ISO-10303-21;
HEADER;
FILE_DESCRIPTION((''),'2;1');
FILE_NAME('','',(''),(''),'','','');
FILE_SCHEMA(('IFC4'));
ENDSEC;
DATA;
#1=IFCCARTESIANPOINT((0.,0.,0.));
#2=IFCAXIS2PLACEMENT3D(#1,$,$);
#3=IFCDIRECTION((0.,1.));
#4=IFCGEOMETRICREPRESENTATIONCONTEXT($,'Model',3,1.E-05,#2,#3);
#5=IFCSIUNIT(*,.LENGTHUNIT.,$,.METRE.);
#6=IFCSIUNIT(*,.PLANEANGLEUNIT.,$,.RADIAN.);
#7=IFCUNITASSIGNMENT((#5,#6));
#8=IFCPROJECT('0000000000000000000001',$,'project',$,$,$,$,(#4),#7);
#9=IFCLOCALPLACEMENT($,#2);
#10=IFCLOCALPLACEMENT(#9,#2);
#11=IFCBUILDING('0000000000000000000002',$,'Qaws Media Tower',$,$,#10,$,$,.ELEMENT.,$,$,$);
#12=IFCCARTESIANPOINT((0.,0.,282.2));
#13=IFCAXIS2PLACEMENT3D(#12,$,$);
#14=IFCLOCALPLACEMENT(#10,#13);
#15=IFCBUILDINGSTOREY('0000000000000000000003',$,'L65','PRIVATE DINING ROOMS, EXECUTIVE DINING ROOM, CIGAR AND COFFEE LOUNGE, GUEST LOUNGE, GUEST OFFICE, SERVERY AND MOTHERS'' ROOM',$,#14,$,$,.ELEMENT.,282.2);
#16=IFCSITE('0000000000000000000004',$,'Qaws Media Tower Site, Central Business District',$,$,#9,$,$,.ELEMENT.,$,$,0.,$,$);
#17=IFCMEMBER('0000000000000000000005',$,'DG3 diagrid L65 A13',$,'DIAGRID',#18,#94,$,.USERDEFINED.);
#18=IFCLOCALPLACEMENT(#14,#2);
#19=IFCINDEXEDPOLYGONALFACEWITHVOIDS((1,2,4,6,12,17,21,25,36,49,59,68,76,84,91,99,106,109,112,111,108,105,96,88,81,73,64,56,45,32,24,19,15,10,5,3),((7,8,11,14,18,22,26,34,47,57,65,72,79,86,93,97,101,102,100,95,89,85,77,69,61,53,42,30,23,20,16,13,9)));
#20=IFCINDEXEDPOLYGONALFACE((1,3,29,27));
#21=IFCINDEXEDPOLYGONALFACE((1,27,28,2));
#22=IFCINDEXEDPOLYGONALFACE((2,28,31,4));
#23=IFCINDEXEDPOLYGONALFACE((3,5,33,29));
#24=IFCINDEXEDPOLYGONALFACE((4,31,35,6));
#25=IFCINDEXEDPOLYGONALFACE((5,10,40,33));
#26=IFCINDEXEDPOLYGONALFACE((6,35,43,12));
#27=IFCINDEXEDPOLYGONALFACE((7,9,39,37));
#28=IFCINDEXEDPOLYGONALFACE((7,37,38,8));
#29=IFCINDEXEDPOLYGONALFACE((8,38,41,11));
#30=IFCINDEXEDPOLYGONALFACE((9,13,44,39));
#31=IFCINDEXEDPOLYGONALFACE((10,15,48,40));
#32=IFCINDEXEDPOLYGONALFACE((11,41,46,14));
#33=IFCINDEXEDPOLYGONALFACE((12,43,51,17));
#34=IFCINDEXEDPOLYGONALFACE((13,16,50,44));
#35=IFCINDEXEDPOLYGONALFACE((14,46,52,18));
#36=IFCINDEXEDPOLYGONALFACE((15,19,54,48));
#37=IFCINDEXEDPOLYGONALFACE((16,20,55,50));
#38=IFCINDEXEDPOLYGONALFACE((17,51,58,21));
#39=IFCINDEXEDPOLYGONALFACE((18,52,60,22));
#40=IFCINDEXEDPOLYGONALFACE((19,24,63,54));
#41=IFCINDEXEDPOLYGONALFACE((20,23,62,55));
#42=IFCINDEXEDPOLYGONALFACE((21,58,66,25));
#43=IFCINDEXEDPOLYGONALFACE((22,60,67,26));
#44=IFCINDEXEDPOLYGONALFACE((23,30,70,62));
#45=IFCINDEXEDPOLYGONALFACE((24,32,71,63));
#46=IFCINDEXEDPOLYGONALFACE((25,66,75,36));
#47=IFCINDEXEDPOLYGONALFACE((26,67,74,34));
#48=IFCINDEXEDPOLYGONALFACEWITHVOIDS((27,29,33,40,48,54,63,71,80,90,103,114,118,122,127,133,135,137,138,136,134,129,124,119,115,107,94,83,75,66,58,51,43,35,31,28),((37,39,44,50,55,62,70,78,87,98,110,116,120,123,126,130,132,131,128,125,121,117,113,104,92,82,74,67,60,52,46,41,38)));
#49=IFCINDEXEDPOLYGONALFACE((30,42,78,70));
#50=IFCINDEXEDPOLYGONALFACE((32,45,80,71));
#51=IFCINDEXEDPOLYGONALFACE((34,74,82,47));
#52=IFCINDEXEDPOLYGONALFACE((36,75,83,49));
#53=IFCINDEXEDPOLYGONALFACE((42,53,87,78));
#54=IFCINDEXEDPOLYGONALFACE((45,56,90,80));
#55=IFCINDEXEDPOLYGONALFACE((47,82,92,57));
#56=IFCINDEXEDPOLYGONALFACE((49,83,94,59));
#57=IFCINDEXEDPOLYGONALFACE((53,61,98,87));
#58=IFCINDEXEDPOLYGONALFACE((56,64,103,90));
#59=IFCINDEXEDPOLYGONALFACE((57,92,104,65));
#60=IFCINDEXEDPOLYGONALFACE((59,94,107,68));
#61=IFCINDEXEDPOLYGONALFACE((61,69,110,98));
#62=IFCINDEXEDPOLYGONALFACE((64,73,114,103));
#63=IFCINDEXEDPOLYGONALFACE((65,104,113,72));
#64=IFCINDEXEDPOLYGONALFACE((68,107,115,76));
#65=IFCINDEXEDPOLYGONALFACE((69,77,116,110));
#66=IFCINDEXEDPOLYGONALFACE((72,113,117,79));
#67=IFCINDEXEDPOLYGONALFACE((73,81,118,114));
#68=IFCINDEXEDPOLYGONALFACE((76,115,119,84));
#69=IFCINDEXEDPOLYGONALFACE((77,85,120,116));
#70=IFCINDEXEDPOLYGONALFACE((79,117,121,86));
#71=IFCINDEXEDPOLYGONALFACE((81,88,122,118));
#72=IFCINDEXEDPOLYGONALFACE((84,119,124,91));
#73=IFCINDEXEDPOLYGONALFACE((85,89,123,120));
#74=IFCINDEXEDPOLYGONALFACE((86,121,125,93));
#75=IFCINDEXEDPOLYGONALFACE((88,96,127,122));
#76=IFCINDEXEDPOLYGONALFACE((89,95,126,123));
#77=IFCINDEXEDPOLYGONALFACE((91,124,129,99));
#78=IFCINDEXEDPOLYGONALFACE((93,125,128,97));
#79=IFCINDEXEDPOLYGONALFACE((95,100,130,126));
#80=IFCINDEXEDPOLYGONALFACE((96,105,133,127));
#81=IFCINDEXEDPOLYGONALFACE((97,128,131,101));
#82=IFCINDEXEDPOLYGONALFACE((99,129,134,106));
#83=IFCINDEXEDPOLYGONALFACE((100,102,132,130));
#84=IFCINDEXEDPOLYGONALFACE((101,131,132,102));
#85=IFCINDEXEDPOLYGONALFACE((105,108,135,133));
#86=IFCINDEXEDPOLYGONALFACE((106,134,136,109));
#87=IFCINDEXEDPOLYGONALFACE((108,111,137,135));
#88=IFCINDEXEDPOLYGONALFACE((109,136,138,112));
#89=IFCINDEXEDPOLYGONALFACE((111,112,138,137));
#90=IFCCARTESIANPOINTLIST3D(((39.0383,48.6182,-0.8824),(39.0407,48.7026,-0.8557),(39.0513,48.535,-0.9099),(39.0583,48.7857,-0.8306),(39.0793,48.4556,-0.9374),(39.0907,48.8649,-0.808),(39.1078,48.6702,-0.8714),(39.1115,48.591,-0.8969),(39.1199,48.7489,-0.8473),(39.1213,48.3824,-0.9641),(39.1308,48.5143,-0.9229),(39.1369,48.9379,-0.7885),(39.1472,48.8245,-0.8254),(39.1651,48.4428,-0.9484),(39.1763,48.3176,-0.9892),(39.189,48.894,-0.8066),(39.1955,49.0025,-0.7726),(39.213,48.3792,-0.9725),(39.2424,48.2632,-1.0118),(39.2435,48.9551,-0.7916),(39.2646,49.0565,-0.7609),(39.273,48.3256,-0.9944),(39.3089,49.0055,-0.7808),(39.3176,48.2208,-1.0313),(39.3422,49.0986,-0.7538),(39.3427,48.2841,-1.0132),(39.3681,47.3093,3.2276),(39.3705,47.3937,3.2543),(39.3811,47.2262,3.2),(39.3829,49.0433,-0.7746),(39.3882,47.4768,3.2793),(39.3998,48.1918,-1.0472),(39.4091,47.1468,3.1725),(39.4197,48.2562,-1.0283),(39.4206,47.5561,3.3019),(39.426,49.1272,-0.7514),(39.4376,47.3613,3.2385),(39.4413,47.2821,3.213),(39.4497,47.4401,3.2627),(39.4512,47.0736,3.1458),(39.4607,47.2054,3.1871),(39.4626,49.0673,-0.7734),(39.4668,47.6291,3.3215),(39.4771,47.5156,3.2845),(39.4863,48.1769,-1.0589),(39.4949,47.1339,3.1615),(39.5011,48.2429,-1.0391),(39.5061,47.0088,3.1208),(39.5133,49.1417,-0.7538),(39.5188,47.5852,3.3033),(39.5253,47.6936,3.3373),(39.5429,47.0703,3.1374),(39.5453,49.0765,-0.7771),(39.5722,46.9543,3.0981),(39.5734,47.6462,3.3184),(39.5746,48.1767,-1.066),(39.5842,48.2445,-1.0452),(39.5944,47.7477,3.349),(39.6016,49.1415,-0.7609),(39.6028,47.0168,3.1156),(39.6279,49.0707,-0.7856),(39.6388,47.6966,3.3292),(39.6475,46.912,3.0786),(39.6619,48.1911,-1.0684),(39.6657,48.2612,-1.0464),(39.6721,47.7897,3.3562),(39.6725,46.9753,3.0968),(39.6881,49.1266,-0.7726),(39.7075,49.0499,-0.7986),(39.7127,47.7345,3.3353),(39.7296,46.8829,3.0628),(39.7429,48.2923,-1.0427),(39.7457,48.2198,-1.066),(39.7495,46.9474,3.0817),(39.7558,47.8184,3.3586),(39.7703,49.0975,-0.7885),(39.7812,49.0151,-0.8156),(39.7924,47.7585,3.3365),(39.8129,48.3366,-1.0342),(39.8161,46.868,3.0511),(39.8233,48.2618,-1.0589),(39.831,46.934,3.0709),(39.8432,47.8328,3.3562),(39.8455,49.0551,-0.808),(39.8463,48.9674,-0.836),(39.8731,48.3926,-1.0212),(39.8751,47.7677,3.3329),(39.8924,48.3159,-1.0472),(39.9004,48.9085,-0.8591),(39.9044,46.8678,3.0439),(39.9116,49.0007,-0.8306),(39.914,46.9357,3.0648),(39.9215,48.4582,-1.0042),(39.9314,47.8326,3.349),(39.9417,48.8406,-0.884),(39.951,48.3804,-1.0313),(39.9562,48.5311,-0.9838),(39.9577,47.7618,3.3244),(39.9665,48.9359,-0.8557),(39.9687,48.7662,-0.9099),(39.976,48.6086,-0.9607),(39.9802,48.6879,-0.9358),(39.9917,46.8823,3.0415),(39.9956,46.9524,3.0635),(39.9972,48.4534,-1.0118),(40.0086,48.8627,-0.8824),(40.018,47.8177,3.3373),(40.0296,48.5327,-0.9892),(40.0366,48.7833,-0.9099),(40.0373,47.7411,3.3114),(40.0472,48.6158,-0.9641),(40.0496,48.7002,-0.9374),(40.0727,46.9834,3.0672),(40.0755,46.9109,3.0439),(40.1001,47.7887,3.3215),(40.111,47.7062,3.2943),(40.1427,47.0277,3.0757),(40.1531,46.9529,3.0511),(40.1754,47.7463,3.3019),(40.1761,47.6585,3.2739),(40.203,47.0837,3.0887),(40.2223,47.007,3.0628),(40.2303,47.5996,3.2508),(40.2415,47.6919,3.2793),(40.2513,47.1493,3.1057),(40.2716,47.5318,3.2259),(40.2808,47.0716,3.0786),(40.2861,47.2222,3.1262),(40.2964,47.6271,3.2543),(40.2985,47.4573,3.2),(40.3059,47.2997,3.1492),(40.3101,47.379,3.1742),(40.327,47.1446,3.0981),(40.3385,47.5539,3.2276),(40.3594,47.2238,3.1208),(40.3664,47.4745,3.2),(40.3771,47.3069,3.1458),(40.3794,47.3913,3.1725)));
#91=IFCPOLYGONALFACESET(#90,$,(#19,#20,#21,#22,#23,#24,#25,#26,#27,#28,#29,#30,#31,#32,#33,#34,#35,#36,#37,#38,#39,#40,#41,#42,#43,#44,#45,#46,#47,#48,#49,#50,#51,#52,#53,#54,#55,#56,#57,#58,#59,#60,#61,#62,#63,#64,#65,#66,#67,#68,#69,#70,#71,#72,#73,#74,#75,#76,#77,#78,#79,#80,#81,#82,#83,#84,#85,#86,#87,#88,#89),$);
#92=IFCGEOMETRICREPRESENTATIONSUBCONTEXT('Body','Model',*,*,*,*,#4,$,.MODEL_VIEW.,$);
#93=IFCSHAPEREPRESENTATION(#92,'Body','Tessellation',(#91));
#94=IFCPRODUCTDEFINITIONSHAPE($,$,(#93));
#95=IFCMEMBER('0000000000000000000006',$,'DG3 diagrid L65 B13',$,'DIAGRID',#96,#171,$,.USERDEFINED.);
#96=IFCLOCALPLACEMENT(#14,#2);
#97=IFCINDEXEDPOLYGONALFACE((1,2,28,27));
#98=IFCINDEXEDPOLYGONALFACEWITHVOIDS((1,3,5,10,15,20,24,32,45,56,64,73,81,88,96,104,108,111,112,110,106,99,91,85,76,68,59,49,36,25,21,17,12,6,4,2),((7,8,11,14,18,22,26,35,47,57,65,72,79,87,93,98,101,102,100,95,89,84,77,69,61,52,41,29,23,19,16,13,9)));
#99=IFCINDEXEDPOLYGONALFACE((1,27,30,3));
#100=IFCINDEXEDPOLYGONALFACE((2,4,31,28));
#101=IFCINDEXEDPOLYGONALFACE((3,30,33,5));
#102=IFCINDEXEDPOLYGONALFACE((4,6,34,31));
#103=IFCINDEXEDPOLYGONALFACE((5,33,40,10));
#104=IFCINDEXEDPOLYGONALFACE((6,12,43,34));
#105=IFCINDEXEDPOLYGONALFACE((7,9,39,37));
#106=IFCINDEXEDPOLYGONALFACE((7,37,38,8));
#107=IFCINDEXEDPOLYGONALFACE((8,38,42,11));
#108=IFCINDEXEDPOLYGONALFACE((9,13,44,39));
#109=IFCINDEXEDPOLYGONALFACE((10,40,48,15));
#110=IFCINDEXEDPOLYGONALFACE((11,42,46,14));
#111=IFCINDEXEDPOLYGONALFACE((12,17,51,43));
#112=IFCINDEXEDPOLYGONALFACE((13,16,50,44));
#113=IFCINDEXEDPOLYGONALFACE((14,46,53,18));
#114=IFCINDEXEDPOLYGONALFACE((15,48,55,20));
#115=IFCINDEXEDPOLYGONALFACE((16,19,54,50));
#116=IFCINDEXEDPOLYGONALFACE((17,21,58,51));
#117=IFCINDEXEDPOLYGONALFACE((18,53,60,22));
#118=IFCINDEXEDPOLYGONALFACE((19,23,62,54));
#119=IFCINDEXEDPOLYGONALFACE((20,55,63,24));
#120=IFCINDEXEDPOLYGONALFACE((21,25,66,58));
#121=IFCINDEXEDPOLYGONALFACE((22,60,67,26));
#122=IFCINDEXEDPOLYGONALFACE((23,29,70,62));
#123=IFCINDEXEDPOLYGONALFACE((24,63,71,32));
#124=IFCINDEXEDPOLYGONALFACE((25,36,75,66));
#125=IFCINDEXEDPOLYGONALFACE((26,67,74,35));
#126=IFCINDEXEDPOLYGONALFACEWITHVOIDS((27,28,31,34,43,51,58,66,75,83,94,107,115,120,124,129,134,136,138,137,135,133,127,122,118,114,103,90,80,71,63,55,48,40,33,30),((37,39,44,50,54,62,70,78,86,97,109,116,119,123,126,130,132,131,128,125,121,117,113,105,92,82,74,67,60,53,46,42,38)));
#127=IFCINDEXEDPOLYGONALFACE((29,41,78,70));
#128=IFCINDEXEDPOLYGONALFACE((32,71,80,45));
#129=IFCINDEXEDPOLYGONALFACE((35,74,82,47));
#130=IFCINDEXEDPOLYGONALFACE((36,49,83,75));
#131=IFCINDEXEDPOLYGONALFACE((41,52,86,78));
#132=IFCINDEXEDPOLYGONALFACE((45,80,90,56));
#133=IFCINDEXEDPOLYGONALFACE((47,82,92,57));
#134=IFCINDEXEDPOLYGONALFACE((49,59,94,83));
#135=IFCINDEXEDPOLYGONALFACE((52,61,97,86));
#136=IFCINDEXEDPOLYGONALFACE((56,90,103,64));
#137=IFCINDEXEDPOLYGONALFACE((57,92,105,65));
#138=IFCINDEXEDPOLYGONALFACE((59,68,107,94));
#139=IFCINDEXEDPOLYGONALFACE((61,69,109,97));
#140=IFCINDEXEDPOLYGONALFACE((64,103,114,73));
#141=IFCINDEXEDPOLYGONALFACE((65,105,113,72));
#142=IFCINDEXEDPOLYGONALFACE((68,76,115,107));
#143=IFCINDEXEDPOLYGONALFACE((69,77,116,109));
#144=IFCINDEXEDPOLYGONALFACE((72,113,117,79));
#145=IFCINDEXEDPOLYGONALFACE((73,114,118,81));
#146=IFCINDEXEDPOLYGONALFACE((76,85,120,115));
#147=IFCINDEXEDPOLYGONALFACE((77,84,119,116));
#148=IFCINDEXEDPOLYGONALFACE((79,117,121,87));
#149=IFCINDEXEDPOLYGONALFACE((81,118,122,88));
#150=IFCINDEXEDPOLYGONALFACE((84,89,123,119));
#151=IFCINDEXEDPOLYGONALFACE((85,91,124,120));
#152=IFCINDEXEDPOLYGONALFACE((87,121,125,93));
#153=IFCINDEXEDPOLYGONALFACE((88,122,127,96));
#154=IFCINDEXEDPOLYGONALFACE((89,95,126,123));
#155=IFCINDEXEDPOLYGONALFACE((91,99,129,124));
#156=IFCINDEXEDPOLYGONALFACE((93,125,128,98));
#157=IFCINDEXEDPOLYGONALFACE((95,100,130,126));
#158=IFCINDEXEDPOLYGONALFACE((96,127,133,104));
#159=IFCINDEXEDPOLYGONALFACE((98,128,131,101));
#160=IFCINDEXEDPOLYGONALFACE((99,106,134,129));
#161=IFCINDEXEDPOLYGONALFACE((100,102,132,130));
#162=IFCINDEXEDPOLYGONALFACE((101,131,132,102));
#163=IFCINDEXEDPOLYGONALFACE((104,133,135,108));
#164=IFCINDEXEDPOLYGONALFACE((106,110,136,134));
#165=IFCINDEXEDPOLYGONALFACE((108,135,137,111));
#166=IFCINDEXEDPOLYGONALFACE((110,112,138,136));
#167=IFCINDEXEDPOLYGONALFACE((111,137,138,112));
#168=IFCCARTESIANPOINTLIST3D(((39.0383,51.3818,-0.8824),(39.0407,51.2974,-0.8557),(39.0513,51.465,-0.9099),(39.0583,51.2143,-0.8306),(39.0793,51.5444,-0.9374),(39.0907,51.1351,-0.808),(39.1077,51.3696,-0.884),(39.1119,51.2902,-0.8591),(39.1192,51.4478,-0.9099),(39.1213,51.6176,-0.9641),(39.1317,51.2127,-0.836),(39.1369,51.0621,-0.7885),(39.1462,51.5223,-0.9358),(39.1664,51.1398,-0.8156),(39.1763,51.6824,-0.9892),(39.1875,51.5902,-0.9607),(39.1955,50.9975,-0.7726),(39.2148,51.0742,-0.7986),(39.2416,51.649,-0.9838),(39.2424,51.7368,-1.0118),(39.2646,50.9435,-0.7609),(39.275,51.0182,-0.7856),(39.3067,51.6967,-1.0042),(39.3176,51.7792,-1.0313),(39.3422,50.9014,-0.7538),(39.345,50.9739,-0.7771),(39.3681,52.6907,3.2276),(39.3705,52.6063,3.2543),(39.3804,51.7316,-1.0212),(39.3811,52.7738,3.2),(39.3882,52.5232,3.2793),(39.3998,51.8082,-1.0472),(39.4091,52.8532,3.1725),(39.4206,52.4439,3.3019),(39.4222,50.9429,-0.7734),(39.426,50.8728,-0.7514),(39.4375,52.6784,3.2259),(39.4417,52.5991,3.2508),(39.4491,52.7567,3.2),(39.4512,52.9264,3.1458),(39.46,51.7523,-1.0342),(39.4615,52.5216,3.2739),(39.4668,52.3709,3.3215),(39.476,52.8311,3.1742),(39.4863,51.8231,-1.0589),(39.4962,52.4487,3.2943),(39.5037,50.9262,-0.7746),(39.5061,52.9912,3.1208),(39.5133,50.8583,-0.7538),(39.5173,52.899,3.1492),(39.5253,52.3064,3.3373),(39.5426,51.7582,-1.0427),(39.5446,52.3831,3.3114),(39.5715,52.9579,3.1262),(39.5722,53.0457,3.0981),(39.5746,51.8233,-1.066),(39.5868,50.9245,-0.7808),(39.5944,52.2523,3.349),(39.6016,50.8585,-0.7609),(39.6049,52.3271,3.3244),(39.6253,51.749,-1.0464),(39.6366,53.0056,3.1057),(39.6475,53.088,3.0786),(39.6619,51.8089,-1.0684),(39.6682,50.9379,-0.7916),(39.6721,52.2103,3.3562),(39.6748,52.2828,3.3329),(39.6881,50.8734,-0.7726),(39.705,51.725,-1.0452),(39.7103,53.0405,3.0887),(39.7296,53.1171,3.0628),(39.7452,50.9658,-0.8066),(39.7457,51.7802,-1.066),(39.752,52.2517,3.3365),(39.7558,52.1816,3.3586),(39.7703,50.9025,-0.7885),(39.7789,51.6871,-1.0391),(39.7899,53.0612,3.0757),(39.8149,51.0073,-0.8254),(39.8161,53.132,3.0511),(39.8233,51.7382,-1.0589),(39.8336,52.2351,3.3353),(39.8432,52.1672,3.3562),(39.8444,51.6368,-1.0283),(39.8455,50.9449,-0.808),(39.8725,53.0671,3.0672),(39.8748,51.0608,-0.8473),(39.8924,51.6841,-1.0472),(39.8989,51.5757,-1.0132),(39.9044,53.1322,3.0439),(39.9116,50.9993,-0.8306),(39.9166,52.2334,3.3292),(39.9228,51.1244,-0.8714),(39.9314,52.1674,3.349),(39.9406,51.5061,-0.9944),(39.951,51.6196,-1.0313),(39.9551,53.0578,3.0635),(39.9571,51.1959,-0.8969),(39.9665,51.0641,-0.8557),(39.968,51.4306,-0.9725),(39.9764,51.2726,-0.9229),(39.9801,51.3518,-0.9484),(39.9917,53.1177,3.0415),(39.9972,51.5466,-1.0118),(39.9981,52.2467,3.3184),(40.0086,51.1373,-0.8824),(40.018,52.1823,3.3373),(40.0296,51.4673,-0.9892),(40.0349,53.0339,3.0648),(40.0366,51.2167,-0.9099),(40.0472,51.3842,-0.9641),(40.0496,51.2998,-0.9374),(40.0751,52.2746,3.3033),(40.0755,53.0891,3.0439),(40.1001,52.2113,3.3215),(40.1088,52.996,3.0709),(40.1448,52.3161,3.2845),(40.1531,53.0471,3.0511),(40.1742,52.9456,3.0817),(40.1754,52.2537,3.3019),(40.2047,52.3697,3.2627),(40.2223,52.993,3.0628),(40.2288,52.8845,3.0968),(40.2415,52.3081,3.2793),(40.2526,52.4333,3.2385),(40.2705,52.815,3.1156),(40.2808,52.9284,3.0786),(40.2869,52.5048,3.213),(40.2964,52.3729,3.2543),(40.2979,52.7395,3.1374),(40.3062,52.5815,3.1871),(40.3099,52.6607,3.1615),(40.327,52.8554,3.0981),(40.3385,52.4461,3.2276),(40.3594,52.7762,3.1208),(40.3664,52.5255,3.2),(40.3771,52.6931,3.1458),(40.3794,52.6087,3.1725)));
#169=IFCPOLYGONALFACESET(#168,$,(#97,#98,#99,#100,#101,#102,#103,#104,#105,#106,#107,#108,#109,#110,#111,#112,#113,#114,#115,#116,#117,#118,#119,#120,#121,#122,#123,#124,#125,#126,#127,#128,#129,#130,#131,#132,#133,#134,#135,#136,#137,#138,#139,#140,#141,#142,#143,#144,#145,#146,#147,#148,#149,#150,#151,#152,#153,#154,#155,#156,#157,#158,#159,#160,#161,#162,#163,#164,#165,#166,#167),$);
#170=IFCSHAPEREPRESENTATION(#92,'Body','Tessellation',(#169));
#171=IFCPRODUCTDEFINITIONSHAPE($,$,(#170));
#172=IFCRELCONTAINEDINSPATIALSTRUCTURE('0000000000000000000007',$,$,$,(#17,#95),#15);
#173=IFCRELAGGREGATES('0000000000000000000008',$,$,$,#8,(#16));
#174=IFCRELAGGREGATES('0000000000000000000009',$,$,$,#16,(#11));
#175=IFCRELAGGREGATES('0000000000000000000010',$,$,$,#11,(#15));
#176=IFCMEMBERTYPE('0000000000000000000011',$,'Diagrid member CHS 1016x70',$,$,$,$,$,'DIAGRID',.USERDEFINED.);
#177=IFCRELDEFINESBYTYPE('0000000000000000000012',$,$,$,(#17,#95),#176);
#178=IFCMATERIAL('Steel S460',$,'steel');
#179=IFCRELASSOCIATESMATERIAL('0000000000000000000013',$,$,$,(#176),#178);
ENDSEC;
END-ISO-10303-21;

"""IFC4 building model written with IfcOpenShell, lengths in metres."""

from ifc_helpers import new_model, si_unit, direction, frame, origin, origin_2d, place, context, subcontext, project, spatial, hollow_circle, extrude, material, material_profile, profile_set, type_object, element, save


model = new_model("IFC4")

# Units and contexts
model_context = context("Model", 3, precision=1e-05, world=origin(), true_north=direction((0.0, 1.0)))
body_context = subcontext(model_context, "Body", "Model", "MODEL_VIEW")
ifc_project = project(units=[si_unit("LENGTHUNIT", "METRE"), si_unit("PLANEANGLEUNIT", "RADIAN")], contexts=[model_context])

# Site, building, storey
site_placement = place(None, origin())
site = spatial("IfcSite", under=ifc_project, at=site_placement, Name="Qaws Media Tower Site, Central Business District", CompositionType="ELEMENT", RefElevation=0.0)
building_placement = place(site_placement, origin())
building = spatial("IfcBuilding", under=site, at=building_placement, Name="Qaws Media Tower", CompositionType="ELEMENT")
storey_placement = place(building_placement, frame((0.0, 0.0, 282.2)))
storey = spatial("IfcBuildingStorey", under=building, at=storey_placement, Name="L65", Description="PRIVATE DINING ROOMS, EXECUTIVE DINING ROOM, CIGAR AND COFFEE LOUNGE, GUEST LOUNGE, GUEST OFFICE, SERVERY AND MOTHERS' ROOM", CompositionType="ELEMENT", Elevation=282.2)

# Members
ifc_material_1 = material(Name="Steel S460", Category="steel")
ifc_material_profile_1 = material_profile(ifc_material_1, hollow_circle(Radius=0.5081, WallThickness=0.0701, at=origin_2d()), Name="CHS 1016x70")
ifc_profile_set_1 = profile_set([ifc_material_profile_1], Name="Steel S460")
member_type_1 = type_object("IfcMemberType", Name="Diagrid member CHS 1016x70", ElementType="DIAGRID", PredefinedType="USERDEFINED", material=ifc_profile_set_1)
for number, where, z_axis, x_axis, name in (
    (1, (39.5439, 48.6592, -0.9099), (0.076248, -0.302563, 0.950075), (0.969683, 0.244365, 0.0), "DG3 diagrid L65 A13"),
    (2, (39.5439, 51.3408, -0.9099), (0.076248, 0.302563, 0.950075), (-0.969683, 0.244365, 0.0), "DG3 diagrid L65 B13"),
):
    element("IfcMember", number, at=place(storey_placement, frame(where, z_axis=z_axis, x_axis=x_axis)), inside=storey, type_object=member_type_1, Name=name, ObjectType="DIAGRID", PredefinedType="USERDEFINED", context=body_context, shape_type="SweptSolid", body=[
        extrude(hollow_circle(Radius=0.5081, WallThickness=0.0701, at=origin_2d()), origin(), (0.0, 0.0, 1.0), 4.3259),
    ])

save(model, "model.ifc")
